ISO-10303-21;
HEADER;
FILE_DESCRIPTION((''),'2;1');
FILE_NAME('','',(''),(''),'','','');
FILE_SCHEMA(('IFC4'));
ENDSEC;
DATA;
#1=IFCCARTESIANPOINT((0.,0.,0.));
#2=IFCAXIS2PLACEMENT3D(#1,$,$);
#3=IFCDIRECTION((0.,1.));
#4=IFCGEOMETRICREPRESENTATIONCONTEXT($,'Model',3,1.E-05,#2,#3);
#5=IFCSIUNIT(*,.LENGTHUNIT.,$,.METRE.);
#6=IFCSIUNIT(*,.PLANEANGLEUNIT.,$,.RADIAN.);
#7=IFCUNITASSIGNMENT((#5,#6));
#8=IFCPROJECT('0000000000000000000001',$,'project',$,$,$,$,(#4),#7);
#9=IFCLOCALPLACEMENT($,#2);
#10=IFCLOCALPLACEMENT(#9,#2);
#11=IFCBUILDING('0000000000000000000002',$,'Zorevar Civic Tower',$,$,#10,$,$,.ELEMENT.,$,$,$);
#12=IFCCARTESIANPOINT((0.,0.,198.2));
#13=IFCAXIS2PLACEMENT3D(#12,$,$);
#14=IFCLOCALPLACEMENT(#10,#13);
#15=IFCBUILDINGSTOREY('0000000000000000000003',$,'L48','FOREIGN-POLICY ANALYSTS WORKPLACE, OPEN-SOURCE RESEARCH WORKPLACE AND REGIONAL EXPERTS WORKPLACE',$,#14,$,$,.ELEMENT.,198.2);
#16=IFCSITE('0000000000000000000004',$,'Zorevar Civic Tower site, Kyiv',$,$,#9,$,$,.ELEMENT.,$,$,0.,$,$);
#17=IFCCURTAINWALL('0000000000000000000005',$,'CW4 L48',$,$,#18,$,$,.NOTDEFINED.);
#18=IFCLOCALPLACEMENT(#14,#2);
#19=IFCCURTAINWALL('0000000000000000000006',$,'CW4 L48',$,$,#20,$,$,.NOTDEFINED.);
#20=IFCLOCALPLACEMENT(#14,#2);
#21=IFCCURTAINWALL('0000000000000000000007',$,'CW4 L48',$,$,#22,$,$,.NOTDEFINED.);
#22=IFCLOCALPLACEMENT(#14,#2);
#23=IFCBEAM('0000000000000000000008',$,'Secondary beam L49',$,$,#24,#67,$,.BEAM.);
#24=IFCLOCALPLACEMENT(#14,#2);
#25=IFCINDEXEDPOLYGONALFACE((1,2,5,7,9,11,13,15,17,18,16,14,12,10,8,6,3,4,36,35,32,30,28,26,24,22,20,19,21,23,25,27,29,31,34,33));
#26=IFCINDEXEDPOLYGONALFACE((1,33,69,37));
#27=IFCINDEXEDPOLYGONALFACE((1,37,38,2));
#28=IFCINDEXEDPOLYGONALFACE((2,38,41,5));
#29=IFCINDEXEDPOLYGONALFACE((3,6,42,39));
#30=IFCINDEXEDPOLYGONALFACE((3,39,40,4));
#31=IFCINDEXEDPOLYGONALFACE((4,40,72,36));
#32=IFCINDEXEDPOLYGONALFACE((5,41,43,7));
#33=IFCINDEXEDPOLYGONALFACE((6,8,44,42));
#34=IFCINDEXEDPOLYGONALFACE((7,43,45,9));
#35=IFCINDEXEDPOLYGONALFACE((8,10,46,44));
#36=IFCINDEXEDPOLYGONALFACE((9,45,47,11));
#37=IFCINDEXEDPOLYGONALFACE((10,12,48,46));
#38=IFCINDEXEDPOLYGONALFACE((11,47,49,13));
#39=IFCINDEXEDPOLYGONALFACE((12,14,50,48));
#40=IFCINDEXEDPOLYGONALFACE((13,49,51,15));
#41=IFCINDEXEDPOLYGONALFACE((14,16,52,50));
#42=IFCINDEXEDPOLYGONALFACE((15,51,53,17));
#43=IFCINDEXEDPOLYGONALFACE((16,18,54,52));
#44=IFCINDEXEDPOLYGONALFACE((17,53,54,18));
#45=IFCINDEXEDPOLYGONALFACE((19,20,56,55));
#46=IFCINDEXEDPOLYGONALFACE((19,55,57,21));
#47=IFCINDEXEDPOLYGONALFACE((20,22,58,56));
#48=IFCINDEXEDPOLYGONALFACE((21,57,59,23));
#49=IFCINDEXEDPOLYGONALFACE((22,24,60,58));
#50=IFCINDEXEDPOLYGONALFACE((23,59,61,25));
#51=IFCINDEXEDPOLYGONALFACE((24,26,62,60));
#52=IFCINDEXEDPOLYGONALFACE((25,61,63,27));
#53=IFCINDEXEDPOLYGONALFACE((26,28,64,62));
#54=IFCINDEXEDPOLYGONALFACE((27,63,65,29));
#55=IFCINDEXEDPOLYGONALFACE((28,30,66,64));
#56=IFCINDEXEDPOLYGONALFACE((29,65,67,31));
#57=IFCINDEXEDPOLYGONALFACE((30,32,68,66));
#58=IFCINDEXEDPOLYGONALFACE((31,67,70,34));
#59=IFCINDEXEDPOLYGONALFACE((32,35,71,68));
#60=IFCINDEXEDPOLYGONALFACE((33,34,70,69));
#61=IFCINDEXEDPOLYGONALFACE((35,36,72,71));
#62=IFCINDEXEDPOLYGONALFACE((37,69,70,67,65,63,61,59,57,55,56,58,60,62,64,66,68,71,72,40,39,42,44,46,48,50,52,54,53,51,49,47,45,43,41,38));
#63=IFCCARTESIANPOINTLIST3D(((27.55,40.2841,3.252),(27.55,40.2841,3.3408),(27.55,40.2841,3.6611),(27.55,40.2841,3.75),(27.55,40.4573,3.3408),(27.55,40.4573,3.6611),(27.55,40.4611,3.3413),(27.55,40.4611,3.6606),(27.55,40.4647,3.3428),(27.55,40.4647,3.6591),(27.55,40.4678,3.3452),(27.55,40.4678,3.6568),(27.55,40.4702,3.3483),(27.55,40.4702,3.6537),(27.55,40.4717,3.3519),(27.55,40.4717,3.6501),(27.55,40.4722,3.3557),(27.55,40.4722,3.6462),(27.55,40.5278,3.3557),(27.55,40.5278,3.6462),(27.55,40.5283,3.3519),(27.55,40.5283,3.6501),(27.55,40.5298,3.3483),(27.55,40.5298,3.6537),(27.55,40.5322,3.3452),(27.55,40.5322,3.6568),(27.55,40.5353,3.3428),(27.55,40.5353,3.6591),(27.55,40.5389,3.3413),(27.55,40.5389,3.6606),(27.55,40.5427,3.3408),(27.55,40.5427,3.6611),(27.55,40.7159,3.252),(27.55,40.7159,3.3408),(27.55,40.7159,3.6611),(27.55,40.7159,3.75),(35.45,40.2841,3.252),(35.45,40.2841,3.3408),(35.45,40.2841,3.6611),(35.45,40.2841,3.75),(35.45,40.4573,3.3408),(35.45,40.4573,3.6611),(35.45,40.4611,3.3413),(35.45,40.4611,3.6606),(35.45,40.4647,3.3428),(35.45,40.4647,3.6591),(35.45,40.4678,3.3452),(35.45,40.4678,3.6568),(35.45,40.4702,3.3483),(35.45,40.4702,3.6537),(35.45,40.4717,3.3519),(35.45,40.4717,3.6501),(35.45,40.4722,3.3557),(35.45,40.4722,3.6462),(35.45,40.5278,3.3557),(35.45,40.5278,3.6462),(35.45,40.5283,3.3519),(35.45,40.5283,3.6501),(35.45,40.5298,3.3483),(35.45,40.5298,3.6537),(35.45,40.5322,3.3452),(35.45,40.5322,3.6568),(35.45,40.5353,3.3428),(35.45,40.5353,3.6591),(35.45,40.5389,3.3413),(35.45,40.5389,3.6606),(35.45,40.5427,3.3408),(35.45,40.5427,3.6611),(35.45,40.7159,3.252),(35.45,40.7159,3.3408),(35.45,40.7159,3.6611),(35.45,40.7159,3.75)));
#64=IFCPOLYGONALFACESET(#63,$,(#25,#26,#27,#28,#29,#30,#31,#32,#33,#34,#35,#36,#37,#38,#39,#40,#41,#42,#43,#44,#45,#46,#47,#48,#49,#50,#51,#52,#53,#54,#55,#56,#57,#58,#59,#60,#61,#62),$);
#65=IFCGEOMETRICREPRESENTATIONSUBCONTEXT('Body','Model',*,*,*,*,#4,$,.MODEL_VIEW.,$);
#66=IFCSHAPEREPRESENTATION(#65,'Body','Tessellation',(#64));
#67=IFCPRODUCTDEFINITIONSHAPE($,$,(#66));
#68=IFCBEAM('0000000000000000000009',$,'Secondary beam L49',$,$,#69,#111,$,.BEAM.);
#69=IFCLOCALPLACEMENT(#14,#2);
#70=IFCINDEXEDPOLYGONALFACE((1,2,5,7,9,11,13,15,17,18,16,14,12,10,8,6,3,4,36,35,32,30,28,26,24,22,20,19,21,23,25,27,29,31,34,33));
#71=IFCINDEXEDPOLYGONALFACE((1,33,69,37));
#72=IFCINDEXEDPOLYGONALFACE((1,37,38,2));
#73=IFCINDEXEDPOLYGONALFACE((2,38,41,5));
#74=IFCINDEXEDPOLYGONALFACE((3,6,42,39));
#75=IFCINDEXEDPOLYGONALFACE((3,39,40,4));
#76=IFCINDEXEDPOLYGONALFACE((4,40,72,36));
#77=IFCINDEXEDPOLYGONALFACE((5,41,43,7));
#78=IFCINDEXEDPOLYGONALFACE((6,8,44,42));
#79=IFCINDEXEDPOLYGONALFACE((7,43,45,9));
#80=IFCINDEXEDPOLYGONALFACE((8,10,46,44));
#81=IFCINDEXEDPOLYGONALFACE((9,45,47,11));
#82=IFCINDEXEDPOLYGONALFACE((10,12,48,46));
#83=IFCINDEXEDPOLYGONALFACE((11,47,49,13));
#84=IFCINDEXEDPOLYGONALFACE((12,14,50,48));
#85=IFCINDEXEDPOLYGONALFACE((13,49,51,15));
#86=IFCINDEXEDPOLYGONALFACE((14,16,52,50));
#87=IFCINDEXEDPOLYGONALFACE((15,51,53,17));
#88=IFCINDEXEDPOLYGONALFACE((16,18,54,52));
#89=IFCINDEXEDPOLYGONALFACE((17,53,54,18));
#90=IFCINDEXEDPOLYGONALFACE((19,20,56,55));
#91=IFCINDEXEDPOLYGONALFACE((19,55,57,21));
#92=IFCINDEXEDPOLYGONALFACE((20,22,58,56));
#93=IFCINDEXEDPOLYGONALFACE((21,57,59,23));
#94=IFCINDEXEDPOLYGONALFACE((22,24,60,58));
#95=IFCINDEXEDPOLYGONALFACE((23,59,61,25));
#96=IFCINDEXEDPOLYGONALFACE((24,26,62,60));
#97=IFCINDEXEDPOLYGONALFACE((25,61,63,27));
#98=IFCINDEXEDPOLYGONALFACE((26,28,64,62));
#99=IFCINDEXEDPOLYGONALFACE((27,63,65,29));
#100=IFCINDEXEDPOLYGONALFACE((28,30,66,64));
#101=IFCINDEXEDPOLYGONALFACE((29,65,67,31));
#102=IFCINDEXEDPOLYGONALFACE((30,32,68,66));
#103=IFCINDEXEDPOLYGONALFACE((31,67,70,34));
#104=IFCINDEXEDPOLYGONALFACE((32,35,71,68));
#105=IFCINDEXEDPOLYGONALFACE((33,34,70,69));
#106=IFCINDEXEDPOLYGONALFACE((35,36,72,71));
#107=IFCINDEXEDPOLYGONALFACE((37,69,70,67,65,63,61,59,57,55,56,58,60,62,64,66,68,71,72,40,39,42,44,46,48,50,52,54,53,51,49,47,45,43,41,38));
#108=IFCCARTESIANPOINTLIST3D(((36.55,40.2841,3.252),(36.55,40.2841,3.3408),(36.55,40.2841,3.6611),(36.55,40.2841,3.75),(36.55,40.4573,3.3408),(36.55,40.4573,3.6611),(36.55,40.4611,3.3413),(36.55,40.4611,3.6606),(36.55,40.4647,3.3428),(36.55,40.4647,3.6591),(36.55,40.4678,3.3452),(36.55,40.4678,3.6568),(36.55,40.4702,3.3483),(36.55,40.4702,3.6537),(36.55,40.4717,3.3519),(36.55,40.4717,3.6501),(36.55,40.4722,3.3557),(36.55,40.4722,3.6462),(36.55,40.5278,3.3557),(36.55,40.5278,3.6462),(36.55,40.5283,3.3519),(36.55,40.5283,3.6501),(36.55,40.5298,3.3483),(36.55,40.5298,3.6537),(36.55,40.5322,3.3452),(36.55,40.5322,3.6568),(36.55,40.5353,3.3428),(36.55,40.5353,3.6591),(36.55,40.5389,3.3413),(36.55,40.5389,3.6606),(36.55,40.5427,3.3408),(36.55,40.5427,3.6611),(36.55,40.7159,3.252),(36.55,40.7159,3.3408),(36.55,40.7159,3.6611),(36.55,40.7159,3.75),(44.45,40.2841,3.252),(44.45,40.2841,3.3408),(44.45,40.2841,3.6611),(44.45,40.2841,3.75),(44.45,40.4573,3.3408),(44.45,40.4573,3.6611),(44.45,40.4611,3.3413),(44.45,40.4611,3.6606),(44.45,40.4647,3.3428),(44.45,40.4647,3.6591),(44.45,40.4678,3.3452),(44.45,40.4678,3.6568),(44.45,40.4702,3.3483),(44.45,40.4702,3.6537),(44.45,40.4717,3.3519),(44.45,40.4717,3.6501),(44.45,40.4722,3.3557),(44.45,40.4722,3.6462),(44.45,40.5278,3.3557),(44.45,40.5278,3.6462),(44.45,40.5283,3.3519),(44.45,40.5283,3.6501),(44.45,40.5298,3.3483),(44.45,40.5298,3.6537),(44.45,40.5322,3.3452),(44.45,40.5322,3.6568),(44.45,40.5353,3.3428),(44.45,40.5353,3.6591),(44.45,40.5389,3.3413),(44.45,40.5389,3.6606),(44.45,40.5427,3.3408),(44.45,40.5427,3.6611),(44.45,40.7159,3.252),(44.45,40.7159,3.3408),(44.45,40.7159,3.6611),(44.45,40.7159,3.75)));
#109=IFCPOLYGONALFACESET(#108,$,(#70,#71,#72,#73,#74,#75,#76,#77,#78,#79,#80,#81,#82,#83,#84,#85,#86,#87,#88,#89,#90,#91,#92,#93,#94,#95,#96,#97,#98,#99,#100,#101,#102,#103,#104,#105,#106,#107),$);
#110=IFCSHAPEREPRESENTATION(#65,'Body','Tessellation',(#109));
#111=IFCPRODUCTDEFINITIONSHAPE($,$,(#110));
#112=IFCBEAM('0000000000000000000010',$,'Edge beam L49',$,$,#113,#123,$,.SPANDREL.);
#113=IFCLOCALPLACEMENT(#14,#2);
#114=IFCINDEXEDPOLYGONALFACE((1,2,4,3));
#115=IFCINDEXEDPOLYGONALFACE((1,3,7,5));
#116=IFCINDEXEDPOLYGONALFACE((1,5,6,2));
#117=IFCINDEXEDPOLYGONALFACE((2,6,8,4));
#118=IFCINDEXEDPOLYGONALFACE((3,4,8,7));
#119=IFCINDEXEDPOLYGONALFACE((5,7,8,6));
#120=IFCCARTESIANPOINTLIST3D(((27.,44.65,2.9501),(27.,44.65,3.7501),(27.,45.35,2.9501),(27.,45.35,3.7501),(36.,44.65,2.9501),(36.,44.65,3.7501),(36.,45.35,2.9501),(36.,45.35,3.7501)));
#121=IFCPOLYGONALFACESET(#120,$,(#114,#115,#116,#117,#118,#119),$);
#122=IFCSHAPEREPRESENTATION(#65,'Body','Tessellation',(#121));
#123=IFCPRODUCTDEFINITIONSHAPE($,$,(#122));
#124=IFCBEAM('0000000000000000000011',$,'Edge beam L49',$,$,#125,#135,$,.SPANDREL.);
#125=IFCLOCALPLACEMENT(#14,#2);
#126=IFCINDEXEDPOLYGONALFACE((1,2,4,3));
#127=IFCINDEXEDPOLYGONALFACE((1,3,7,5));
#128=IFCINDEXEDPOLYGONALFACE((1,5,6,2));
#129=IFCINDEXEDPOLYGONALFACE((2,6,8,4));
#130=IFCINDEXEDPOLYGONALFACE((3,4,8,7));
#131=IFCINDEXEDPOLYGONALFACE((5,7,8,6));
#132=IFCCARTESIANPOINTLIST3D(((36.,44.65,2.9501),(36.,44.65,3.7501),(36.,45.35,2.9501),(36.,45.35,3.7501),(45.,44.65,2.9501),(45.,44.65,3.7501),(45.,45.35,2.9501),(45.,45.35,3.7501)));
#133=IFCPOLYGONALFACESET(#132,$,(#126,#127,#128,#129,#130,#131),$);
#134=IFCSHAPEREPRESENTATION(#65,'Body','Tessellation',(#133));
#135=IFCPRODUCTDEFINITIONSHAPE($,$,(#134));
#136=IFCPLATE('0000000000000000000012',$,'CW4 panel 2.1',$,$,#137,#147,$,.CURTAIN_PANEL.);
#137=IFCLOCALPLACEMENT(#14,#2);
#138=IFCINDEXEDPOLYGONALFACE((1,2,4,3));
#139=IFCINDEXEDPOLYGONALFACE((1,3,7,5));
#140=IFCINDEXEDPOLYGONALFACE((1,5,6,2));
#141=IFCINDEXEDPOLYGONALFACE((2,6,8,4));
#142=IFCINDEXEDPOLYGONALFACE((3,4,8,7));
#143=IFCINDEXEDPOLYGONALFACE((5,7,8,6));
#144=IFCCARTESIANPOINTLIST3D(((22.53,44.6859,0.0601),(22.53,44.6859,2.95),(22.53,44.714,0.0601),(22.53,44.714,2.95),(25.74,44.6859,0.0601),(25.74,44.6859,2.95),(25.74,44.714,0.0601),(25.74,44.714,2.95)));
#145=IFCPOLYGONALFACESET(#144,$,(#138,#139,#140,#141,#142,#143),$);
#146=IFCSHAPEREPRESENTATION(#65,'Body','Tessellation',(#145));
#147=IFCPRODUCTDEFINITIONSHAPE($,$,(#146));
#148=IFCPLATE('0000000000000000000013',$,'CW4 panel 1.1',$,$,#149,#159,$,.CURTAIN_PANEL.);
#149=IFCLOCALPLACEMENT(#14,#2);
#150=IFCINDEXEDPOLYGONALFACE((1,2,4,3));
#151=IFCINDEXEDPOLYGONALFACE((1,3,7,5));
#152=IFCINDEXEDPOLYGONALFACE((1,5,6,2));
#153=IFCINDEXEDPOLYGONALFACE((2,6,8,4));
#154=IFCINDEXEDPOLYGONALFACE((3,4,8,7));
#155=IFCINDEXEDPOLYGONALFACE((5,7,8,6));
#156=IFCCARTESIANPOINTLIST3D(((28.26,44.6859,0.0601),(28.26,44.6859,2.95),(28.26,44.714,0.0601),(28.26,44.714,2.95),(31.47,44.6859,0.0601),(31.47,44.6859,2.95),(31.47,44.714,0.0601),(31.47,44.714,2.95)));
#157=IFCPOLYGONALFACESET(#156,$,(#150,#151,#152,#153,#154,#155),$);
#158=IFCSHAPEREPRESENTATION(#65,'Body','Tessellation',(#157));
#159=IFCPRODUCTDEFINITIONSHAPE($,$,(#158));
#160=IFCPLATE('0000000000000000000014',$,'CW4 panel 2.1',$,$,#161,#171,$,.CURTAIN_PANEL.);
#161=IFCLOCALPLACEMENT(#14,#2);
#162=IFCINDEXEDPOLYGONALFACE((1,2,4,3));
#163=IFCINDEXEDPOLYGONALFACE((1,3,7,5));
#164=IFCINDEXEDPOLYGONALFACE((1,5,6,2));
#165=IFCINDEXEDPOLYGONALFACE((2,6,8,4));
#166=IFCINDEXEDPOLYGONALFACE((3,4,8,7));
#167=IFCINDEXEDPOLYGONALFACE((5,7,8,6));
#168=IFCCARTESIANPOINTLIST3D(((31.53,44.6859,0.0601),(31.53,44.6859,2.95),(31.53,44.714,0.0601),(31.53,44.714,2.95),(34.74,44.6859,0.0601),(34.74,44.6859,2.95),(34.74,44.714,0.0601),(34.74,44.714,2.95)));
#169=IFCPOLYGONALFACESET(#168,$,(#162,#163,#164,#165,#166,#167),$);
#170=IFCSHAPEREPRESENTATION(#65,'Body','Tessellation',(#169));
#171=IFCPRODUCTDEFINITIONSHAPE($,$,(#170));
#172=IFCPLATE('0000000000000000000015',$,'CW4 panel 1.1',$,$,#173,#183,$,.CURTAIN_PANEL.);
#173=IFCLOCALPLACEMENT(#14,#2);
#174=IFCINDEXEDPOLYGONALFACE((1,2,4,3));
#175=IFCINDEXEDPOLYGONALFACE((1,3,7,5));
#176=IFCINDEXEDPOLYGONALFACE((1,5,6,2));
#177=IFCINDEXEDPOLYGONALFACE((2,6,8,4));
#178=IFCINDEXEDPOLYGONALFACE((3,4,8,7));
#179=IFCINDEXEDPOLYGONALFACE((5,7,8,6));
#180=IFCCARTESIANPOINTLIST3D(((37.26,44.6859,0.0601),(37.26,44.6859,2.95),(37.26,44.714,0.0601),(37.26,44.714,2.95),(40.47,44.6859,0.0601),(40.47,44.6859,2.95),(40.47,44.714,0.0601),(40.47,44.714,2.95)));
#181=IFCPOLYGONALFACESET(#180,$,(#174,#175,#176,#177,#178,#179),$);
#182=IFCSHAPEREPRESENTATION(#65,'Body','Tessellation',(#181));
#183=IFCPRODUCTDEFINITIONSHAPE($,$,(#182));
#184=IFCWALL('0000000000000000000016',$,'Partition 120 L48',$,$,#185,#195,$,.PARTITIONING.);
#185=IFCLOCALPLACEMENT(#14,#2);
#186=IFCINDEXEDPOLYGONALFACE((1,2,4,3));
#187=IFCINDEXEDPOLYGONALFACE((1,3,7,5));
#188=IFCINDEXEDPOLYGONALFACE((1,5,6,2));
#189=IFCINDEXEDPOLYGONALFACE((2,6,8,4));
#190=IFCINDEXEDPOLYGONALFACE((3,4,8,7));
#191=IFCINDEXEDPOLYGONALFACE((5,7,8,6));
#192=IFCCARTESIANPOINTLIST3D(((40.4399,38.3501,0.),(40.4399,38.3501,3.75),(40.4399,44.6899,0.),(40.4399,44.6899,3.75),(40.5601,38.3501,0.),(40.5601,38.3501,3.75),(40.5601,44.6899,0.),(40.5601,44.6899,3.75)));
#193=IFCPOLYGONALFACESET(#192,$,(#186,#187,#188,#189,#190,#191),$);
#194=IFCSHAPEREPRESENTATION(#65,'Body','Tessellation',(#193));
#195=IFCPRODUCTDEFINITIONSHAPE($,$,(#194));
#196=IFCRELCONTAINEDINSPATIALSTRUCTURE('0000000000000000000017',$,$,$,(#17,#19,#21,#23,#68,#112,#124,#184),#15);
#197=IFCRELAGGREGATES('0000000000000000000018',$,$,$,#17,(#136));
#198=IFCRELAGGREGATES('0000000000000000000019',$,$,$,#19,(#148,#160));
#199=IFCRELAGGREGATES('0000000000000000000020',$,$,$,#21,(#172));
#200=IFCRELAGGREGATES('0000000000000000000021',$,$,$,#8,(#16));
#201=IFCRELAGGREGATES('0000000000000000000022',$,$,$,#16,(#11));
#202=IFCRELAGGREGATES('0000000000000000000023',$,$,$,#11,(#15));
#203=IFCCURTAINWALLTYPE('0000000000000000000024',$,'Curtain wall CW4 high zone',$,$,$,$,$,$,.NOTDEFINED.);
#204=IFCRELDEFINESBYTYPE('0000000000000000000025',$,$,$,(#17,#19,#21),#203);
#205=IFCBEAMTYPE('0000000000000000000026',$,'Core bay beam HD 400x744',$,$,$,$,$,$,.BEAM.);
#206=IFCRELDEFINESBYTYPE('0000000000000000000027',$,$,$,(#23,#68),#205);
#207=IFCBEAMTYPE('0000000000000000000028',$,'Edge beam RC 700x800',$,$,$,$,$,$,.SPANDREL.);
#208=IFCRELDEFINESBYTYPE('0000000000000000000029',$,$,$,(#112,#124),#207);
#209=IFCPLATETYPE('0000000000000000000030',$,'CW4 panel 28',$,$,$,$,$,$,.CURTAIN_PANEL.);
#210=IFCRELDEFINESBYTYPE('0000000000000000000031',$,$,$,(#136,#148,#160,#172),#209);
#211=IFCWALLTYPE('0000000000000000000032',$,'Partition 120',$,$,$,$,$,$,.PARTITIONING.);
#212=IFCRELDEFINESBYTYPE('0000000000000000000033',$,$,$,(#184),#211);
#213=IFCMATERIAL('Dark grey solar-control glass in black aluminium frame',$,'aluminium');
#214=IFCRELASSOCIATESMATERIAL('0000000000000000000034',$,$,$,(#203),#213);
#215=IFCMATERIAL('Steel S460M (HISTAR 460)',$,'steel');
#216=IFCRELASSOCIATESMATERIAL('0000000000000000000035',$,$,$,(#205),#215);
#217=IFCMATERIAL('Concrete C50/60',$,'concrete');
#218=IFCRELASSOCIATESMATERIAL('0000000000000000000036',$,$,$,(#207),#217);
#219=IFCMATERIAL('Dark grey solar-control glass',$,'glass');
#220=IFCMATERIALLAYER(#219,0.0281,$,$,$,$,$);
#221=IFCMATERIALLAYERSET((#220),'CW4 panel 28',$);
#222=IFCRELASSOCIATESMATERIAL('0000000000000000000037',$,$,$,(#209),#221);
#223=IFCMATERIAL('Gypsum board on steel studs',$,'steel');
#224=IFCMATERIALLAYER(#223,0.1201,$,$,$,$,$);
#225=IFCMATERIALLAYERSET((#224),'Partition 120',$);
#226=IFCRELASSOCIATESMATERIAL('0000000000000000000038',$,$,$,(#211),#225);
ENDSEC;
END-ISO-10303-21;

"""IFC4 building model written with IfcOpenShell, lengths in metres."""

from ifc_helpers import new_model, si_unit, direction, frame, frame_2d, origin, origin_2d, place, context, subcontext, project, spatial, rectangle, i_section, extrude, material, layer, layer_set, material_profile, profile_set, type_object, element, aggregate, save


model = new_model("IFC4")

# Units and contexts
model_context = context("Model", 3, precision=1e-05, world=origin(), true_north=direction((0.0, 1.0)))
body_context = subcontext(model_context, "Body", "Model", "MODEL_VIEW")
ifc_project = project(units=[si_unit("LENGTHUNIT", "METRE"), si_unit("PLANEANGLEUNIT", "RADIAN")], contexts=[model_context])

# Site, building, storey
site_placement = place(None, origin())
site = spatial("IfcSite", under=ifc_project, at=site_placement, Name="Zorevar Civic Tower site, Kyiv", CompositionType="ELEMENT", RefElevation=0.0)
building_placement = place(site_placement, origin())
building = spatial("IfcBuilding", under=site, at=building_placement, Name="Zorevar Civic Tower", CompositionType="ELEMENT")
storey_placement = place(building_placement, frame((0.0, 0.0, 198.2)))
storey = spatial("IfcBuildingStorey", under=building, at=storey_placement, Name="L48", Description="FOREIGN-POLICY ANALYSTS WORKPLACE, OPEN-SOURCE RESEARCH WORKPLACE AND REGIONAL EXPERTS WORKPLACE", CompositionType="ELEMENT", Elevation=198.2)

# Curtain walls
ifc_material_1 = material(Name="Dark grey solar-control glass in black aluminium frame", Category="aluminium")
curtain_wall_type = type_object("IfcCurtainWallType", Name="Curtain wall CW4 high zone", PredefinedType="NOTDEFINED", material=ifc_material_1)
curtain_wall_1_placement = place(storey_placement, origin())
curtain_wall_1 = element("IfcCurtainWall", 1, at=curtain_wall_1_placement, inside=storey, type_object=curtain_wall_type, Name="CW4 L48", PredefinedType="NOTDEFINED")
curtain_wall_2_placement = place(storey_placement, origin())
curtain_wall_2 = element("IfcCurtainWall", 2, at=curtain_wall_2_placement, inside=storey, type_object=curtain_wall_type, Name="CW4 L48", PredefinedType="NOTDEFINED")
curtain_wall_3_placement = place(storey_placement, origin())
curtain_wall_3 = element("IfcCurtainWall", 3, at=curtain_wall_3_placement, inside=storey, type_object=curtain_wall_type, Name="CW4 L48", PredefinedType="NOTDEFINED")

# Beams
ifc_material_2 = material(Name="Steel S460M (HISTAR 460)", Category="steel")
ifc_material_profile_1 = material_profile(ifc_material_2, i_section(OverallWidth=0.4319, OverallDepth=0.498, WebThickness=0.0557, FlangeThickness=0.0889, FilletRadius=0.0149, at=origin_2d()), Name="HD 400x744")
ifc_profile_set_1 = profile_set([ifc_material_profile_1], Name="Steel S460M (HISTAR 460)")
beam_type_1 = type_object("IfcBeamType", Name="Core bay beam HD 400x744", PredefinedType="BEAM", material=ifc_profile_set_1)
for number, where, z_axis, x_axis, name in (
    (4, (27.55, 40.5, 3.501), (1.0, 0.0, 0.0), (0.0, 1.0, 0.0), "Secondary beam L49"),
    (5, (36.55, 40.5, 3.501), (1.0, 0.0, 0.0), (0.0, 1.0, 0.0), "Secondary beam L49"),
):
    element("IfcBeam", number, at=place(storey_placement, frame(where, z_axis=z_axis, x_axis=x_axis)), inside=storey, type_object=beam_type_1, Name=name, PredefinedType="BEAM", context=body_context, shape_type="SweptSolid", body=[
        extrude(i_section(OverallWidth=0.4319, OverallDepth=0.498, WebThickness=0.0557, FlangeThickness=0.0889, FilletRadius=0.0149, at=origin_2d()), origin(), (0.0, 0.0, 1.0), 7.8999),
    ])
ifc_material_3 = material(Name="Concrete C50/60", Category="concrete")
ifc_material_profile_2 = material_profile(ifc_material_3, rectangle(XDim=0.7, YDim=0.8, at=origin_2d()), Name="RC 700x800")
ifc_profile_set_2 = profile_set([ifc_material_profile_2], Name="Concrete C50/60")
beam_type_2 = type_object("IfcBeamType", Name="Edge beam RC 700x800", PredefinedType="SPANDREL", material=ifc_profile_set_2)
for number, where, z_axis, x_axis, name in (
    (6, (27.0, 45.0, 3.3501), (1.0, 0.0, 0.0), (0.0, 1.0, 0.0), "Edge beam L49"),
    (7, (36.0, 45.0, 3.3501), (1.0, 0.0, 0.0), (0.0, 1.0, 0.0), "Edge beam L49"),
):
    element("IfcBeam", number, at=place(storey_placement, frame(where, z_axis=z_axis, x_axis=x_axis)), inside=storey, type_object=beam_type_2, Name=name, PredefinedType="SPANDREL", context=body_context, shape_type="SweptSolid", body=[
        extrude(rectangle(XDim=0.7, YDim=0.8, at=origin_2d()), origin(), (0.0, 0.0, 1.0), 9.0),
    ])

# Plates
ifc_material_4 = material(Name="Dark grey solar-control glass", Category="glass")
ifc_layer_1 = layer(ifc_material_4, 0.0281)
ifc_layer_set_1 = layer_set([ifc_layer_1], Name="CW4 panel 28")
plate_type = type_object("IfcPlateType", Name="CW4 panel 28", PredefinedType="CURTAIN_PANEL", material=ifc_layer_set_1)
plate_1_placement = place(storey_placement, frame((24.135, 44.7, 0.0601), z_axis=(0.0, 0.0, 1.0), x_axis=(1.0, 0.0, 0.0)))
plate_1 = element("IfcPlate", 8, at=plate_1_placement, type_object=plate_type, Name="CW4 panel 2.1", PredefinedType="CURTAIN_PANEL", context=body_context, shape_type="SweptSolid", body=[
    extrude(rectangle(XDim=3.21, YDim=0.0281, at=origin_2d()), origin(), (0.0, 0.0, 1.0), 2.8899),
])
aggregate(curtain_wall_1, [plate_1])
plate_2_placement = place(storey_placement, frame((29.865, 44.7, 0.0601), z_axis=(0.0, 0.0, 1.0), x_axis=(1.0, 0.0, 0.0)))
plate_2 = element("IfcPlate", 9, at=plate_2_placement, type_object=plate_type, Name="CW4 panel 1.1", PredefinedType="CURTAIN_PANEL", context=body_context, shape_type="SweptSolid", body=[
    extrude(rectangle(XDim=3.21, YDim=0.0281, at=origin_2d()), origin(), (0.0, 0.0, 1.0), 2.8899),
])
plate_3_placement = place(storey_placement, frame((33.135, 44.7, 0.0601), z_axis=(0.0, 0.0, 1.0), x_axis=(1.0, 0.0, 0.0)))
plate_3 = element("IfcPlate", 10, at=plate_3_placement, type_object=plate_type, Name="CW4 panel 2.1", PredefinedType="CURTAIN_PANEL", context=body_context, shape_type="SweptSolid", body=[
    extrude(rectangle(XDim=3.21, YDim=0.0281, at=origin_2d()), origin(), (0.0, 0.0, 1.0), 2.8899),
])
aggregate(curtain_wall_2, [plate_2, plate_3])
plate_4_placement = place(storey_placement, frame((38.865, 44.7, 0.0601), z_axis=(0.0, 0.0, 1.0), x_axis=(1.0, 0.0, 0.0)))
plate_4 = element("IfcPlate", 11, at=plate_4_placement, type_object=plate_type, Name="CW4 panel 1.1", PredefinedType="CURTAIN_PANEL", context=body_context, shape_type="SweptSolid", body=[
    extrude(rectangle(XDim=3.21, YDim=0.0281, at=origin_2d()), origin(), (0.0, 0.0, 1.0), 2.8899),
])
aggregate(curtain_wall_3, [plate_4])

# Wall
ifc_material_5 = material(Name="Gypsum board on steel studs", Category="steel")
ifc_layer_2 = layer(ifc_material_5, 0.1201)
ifc_layer_set_2 = layer_set([ifc_layer_2], Name="Partition 120")
wall_type = type_object("IfcWallType", Name="Partition 120", PredefinedType="PARTITIONING", material=ifc_layer_set_2)
wall_placement = place(storey_placement, frame((40.5, 38.3501, 0.0), z_axis=(0.0, 0.0, 1.0), x_axis=(0.0, 1.0, 0.0)))
element("IfcWall", 12, at=wall_placement, inside=storey, type_object=wall_type, Name="Partition 120 L48", PredefinedType="PARTITIONING", context=body_context, shape_type="SweptSolid", body=[
    extrude(rectangle(XDim=6.3398, YDim=0.1201, at=frame_2d((3.1699, 0.0))), origin(), (0.0, 0.0, 1.0), 3.75),
])

save(model, "model.ifc")
